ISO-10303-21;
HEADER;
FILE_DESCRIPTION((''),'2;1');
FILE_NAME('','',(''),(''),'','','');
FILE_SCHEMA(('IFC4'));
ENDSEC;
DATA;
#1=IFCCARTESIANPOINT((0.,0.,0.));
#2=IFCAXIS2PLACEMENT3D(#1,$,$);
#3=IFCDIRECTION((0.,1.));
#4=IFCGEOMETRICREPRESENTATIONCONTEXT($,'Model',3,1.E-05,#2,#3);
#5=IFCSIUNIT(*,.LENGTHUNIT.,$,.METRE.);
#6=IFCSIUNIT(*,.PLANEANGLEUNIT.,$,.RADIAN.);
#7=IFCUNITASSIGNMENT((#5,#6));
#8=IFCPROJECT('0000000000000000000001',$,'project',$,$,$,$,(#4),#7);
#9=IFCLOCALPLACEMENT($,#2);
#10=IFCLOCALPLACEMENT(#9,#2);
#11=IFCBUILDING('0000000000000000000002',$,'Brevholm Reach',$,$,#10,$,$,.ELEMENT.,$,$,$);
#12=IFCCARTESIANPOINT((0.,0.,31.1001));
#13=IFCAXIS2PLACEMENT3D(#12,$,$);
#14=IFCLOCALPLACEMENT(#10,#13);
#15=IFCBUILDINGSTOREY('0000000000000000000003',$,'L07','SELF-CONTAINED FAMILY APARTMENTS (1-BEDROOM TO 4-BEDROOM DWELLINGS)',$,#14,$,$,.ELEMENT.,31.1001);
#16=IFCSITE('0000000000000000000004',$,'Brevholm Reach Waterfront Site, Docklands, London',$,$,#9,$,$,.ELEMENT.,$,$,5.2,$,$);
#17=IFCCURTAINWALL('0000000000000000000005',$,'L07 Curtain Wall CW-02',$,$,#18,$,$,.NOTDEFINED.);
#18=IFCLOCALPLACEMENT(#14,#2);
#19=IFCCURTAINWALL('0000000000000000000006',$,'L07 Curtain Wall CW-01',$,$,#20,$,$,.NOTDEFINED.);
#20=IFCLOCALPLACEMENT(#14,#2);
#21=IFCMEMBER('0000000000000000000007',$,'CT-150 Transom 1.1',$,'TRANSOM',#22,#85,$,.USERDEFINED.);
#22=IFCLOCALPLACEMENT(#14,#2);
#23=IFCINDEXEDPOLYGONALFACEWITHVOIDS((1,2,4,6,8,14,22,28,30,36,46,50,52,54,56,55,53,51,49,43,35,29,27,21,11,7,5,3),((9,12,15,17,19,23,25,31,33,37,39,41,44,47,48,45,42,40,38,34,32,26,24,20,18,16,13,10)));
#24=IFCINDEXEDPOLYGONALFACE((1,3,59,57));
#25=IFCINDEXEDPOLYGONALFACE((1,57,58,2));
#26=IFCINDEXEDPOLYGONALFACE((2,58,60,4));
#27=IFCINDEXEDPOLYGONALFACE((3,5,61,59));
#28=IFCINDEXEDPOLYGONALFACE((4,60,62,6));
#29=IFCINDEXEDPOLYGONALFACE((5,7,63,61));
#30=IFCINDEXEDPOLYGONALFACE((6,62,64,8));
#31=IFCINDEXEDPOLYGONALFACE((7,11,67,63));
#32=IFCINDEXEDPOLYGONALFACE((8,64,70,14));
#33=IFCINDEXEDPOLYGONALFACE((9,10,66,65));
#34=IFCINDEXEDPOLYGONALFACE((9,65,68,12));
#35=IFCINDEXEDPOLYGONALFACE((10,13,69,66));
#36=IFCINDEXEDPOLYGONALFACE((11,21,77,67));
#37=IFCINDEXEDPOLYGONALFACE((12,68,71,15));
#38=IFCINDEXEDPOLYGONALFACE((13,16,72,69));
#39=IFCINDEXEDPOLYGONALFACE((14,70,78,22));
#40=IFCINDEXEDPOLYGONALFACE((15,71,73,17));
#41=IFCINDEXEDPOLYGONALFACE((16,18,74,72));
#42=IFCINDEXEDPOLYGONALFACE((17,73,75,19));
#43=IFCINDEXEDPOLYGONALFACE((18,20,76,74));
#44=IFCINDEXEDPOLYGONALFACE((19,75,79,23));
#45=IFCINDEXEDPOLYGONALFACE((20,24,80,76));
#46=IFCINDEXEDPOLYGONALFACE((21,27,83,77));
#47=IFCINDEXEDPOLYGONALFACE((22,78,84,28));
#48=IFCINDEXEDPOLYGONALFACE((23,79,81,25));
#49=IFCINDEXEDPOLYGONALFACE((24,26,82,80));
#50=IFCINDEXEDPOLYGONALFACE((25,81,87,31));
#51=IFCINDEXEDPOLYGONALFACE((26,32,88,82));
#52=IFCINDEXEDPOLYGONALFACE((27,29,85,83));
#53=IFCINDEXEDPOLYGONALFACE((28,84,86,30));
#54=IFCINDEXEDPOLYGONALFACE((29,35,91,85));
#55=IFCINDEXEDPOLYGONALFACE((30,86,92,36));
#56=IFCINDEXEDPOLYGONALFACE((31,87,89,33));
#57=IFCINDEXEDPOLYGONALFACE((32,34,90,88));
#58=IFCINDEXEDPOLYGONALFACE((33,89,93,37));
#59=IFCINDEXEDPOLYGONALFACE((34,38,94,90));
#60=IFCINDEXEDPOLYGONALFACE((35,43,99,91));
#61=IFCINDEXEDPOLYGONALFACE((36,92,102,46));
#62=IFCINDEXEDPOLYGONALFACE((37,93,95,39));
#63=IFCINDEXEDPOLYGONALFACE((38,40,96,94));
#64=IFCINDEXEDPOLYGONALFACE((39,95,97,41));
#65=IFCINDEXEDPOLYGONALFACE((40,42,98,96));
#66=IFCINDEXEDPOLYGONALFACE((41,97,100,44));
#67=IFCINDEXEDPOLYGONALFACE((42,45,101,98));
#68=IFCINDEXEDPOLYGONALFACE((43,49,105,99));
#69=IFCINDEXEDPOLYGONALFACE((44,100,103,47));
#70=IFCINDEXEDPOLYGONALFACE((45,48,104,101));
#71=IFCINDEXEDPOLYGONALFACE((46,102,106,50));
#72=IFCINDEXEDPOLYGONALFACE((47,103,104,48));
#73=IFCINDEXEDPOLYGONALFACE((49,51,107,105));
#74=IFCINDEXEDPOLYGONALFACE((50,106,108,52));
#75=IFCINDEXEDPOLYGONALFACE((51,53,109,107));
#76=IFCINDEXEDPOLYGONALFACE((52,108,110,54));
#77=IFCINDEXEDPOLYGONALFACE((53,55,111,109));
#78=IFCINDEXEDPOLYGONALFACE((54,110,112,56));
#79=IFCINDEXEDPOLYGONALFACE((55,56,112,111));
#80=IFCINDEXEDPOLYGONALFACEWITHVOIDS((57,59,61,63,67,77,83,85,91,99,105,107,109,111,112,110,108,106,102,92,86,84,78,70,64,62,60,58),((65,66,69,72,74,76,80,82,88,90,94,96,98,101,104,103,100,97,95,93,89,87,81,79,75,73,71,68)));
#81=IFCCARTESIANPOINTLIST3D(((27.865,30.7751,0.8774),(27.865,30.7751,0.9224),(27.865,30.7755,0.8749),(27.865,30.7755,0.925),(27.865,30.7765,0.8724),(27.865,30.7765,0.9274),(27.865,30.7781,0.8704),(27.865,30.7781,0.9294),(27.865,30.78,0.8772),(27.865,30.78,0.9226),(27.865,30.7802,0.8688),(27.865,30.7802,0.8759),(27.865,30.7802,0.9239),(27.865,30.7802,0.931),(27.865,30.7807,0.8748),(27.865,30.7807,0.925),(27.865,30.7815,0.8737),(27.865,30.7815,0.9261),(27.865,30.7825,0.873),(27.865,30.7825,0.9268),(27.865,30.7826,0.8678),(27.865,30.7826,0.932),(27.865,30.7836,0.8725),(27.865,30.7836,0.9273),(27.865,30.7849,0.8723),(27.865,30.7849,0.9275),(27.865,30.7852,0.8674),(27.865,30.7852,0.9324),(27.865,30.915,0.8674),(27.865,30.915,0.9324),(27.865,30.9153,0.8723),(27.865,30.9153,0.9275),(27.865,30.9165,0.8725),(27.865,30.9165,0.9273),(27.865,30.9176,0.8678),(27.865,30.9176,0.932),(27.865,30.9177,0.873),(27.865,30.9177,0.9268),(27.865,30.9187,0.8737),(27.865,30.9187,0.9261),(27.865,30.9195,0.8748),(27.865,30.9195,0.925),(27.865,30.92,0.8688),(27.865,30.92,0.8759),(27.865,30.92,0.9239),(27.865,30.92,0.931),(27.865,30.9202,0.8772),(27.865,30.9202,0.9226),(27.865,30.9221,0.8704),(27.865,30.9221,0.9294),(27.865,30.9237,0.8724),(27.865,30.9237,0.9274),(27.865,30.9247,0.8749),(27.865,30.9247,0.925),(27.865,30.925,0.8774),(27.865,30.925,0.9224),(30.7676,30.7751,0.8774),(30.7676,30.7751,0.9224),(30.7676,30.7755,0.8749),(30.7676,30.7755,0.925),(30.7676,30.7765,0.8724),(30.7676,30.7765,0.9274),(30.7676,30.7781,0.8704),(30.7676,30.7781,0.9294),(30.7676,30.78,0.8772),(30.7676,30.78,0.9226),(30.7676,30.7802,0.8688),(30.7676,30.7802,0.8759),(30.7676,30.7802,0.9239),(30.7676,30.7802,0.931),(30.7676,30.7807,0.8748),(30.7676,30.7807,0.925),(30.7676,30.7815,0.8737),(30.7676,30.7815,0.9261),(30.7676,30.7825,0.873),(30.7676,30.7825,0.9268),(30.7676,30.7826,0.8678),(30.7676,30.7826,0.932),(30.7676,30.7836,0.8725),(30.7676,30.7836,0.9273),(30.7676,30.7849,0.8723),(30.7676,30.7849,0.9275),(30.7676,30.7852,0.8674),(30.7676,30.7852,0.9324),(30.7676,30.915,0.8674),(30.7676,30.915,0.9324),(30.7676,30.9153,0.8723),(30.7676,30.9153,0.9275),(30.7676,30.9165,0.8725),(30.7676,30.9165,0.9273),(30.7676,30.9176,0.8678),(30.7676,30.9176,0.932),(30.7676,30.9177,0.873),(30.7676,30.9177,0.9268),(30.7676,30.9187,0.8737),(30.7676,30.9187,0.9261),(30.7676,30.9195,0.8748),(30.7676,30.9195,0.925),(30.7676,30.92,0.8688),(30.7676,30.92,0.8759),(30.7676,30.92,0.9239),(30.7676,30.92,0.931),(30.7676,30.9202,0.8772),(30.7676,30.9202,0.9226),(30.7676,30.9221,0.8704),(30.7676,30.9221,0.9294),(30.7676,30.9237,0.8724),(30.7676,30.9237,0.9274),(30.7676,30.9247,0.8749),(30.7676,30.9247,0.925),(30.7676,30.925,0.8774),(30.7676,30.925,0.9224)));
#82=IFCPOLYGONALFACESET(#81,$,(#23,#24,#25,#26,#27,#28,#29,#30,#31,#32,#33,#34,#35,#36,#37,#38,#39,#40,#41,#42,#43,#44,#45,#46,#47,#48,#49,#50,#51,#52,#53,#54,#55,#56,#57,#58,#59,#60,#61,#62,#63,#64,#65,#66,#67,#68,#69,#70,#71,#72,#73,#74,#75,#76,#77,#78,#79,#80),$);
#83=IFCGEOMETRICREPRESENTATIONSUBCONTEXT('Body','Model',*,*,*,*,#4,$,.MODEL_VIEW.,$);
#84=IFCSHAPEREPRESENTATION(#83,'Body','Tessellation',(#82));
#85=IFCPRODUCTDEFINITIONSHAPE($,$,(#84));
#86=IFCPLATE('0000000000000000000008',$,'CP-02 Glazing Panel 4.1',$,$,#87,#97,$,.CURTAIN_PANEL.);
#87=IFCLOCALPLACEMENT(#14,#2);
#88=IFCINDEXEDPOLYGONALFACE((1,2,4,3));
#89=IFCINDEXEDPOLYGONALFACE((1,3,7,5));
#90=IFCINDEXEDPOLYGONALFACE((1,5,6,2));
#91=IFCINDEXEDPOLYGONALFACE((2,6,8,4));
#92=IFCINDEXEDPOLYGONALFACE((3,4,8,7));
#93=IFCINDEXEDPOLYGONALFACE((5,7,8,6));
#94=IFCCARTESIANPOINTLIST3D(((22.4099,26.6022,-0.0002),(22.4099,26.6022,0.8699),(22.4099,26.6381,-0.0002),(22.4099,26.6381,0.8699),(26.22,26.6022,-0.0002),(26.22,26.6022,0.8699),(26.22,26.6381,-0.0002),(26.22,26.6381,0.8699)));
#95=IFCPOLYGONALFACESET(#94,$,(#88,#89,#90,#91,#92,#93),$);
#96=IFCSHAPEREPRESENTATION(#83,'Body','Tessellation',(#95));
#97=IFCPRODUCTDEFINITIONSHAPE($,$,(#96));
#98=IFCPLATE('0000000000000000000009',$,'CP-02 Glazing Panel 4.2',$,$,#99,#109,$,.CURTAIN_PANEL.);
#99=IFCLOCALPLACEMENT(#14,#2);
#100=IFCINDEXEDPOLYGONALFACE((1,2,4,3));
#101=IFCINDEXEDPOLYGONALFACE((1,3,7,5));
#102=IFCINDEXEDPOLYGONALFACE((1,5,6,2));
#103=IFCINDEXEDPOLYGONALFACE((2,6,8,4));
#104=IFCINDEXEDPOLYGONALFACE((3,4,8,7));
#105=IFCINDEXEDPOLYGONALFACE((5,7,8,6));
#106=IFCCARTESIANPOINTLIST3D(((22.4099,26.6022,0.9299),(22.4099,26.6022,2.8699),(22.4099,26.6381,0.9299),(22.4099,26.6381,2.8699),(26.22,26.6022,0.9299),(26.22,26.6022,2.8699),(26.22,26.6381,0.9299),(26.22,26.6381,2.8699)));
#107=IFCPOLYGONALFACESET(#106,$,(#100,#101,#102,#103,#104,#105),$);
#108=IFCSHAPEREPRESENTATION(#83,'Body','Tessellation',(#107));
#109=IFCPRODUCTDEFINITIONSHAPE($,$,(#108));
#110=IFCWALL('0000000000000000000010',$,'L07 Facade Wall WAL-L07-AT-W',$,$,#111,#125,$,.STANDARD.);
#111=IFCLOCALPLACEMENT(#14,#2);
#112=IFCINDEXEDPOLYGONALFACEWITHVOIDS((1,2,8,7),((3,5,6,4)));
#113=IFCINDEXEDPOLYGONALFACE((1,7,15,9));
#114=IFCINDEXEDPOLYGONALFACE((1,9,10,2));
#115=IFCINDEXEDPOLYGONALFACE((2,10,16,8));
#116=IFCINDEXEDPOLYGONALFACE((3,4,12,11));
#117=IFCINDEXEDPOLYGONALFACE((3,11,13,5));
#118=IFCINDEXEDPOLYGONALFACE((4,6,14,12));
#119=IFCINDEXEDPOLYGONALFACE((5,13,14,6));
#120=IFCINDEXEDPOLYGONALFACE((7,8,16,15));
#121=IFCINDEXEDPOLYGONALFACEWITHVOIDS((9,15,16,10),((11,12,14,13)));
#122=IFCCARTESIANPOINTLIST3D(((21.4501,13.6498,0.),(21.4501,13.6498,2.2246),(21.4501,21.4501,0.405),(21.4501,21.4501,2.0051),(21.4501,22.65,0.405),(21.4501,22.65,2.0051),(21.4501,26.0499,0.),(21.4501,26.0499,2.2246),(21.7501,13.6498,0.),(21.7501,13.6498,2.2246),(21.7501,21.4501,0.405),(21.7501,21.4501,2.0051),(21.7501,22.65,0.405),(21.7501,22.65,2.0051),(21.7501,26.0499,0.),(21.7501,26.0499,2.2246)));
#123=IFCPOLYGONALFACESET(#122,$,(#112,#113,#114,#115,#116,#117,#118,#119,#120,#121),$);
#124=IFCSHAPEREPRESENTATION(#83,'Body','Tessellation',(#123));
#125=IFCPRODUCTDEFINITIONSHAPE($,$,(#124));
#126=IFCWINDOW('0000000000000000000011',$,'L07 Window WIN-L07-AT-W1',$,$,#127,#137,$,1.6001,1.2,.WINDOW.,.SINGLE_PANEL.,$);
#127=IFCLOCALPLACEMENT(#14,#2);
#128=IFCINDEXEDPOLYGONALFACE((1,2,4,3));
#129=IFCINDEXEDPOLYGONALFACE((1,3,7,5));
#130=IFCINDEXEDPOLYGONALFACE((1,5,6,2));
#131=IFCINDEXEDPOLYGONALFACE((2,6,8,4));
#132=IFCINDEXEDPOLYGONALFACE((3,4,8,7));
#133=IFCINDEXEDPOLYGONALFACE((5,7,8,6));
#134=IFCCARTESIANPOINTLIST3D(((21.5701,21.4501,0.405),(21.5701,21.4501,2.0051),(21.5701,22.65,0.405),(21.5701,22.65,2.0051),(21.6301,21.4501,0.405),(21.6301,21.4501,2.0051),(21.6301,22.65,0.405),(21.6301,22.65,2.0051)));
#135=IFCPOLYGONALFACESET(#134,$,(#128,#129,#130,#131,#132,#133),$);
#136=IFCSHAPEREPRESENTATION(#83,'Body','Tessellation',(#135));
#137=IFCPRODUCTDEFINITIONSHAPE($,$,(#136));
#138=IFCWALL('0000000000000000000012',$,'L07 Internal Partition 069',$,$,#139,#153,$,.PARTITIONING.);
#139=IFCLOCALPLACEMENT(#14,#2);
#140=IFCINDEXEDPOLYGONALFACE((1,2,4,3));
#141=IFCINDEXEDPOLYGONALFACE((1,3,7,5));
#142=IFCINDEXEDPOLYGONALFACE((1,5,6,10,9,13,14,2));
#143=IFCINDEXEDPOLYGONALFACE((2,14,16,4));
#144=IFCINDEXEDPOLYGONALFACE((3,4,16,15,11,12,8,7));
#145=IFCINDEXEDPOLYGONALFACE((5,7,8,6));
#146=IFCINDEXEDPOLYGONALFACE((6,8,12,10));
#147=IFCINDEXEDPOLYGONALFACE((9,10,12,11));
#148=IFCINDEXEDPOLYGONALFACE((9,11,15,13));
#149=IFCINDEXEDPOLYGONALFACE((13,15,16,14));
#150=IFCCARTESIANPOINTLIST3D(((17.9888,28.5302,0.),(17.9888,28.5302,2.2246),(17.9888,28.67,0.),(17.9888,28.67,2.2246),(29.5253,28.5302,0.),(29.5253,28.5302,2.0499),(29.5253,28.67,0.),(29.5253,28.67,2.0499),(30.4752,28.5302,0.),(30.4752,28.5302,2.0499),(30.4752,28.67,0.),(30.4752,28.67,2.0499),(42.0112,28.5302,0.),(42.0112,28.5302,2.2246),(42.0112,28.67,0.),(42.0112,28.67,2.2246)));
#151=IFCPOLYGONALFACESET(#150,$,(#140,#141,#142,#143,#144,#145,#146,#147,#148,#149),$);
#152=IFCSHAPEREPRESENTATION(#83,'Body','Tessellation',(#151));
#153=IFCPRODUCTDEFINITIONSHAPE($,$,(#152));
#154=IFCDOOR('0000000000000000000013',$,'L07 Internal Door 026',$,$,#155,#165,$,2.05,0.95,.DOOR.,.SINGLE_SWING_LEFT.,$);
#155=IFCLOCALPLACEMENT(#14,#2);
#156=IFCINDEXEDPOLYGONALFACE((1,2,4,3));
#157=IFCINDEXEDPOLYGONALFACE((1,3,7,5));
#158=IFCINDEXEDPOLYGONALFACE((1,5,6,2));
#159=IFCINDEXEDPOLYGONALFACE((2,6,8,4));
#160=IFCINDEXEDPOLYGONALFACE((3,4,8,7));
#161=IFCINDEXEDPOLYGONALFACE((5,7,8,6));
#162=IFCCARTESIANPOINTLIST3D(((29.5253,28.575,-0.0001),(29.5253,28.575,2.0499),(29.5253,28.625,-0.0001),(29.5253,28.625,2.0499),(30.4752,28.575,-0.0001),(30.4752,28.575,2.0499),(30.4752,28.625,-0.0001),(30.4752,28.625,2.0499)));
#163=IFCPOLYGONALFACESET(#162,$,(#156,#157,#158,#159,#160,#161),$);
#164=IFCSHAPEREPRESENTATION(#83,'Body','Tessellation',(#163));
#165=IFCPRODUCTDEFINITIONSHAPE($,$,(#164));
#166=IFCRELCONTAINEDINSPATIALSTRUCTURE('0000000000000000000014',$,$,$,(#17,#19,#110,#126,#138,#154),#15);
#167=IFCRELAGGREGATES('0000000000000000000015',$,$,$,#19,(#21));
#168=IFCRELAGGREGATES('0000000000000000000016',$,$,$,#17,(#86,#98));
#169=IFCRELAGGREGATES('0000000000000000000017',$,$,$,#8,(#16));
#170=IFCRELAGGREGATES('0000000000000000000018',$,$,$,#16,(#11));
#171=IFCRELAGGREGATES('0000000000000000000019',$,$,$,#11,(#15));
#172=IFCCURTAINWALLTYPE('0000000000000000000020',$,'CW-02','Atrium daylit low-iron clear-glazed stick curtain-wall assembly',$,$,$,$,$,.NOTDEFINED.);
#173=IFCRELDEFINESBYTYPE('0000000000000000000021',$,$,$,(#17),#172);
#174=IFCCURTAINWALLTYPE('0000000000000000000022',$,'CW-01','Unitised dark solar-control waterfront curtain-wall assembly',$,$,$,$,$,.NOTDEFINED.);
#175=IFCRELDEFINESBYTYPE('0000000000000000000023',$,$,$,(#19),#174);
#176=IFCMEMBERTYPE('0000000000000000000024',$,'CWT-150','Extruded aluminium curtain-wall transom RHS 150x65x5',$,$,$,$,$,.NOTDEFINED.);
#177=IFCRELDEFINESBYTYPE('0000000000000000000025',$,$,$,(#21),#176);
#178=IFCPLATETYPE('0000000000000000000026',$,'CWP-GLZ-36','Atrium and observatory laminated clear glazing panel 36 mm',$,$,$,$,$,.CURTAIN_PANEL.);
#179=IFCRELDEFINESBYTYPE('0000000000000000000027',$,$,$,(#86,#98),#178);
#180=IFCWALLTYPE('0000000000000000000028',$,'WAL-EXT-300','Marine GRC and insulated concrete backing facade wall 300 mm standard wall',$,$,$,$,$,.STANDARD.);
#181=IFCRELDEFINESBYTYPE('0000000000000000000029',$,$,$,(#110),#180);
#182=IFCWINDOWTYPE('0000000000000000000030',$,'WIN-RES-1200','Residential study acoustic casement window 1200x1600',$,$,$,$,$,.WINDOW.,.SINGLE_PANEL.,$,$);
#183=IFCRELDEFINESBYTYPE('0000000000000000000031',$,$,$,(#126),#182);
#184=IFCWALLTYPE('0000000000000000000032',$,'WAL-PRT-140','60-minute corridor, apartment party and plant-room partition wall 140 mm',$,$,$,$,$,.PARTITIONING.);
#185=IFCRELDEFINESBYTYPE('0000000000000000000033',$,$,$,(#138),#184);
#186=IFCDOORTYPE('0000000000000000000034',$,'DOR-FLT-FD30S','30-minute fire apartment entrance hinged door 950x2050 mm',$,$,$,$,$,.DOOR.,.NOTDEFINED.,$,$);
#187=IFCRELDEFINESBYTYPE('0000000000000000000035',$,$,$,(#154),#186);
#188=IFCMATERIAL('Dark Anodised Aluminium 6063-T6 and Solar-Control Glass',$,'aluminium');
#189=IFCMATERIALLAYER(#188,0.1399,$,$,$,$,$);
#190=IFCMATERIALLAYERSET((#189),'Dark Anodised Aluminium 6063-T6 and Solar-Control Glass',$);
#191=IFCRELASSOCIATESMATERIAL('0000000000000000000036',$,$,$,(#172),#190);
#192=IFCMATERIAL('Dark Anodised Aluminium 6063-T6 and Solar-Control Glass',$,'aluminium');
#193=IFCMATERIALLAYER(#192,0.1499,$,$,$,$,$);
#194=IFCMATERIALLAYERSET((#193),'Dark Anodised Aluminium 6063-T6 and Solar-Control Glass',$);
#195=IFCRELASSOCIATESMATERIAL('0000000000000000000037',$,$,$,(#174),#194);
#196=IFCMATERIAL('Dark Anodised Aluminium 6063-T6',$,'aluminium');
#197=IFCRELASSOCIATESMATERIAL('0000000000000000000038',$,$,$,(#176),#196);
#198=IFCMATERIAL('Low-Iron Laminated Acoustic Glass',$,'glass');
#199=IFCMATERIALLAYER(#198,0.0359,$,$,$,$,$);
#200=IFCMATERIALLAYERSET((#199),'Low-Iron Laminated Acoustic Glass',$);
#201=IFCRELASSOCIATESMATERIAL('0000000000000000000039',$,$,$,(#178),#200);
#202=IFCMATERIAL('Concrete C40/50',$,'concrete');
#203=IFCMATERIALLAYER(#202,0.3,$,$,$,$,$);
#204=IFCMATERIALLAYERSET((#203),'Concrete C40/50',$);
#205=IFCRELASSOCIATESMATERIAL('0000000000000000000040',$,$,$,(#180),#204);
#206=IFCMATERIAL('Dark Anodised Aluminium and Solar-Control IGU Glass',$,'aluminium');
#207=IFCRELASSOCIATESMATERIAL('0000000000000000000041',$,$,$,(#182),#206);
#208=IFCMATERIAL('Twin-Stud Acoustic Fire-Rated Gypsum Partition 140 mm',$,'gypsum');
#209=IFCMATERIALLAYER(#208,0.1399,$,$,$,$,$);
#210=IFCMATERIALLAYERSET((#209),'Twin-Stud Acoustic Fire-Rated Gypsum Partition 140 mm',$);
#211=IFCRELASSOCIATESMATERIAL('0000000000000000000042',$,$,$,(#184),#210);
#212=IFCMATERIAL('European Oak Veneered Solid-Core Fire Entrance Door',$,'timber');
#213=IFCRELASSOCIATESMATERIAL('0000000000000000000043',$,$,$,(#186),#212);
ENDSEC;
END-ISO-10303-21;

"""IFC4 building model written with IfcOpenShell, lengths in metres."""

from ifc_helpers import new_model, si_unit, direction, frame, frame_2d, origin, origin_2d, place, context, subcontext, project, spatial, rectangle, hollow_rectangle, extrude, material, layer, layer_set, material_profile, profile_set, type_object, element, fill, aggregate, save


model = new_model("IFC4")

# Units and contexts
model_context = context("Model", 3, precision=1e-05, world=origin(), true_north=direction((0.0, 1.0)))
body_context = subcontext(model_context, "Body", "Model", "MODEL_VIEW")
ifc_project = project(units=[si_unit("LENGTHUNIT", "METRE"), si_unit("PLANEANGLEUNIT", "RADIAN")], contexts=[model_context])

# Site, building, storey
site_placement = place(None, origin())
site = spatial("IfcSite", under=ifc_project, at=site_placement, Name="Brevholm Reach Waterfront Site, Docklands, London", CompositionType="ELEMENT", RefElevation=5.2)
building_placement = place(site_placement, origin())
building = spatial("IfcBuilding", under=site, at=building_placement, Name="Brevholm Reach", CompositionType="ELEMENT")
storey_placement = place(building_placement, frame((0.0, 0.0, 31.1001)))
storey = spatial("IfcBuildingStorey", under=building, at=storey_placement, Name="L07", Description="SELF-CONTAINED FAMILY APARTMENTS (1-BEDROOM TO 4-BEDROOM DWELLINGS)", CompositionType="ELEMENT", Elevation=31.1001)

# Curtain wall
ifc_material_1 = material(Name="Dark Anodised Aluminium 6063-T6 and Solar-Control Glass", Category="aluminium")
ifc_layer_1 = layer(ifc_material_1, 0.1399)
ifc_layer_set_1 = layer_set([ifc_layer_1], Name="Dark Anodised Aluminium 6063-T6 and Solar-Control Glass")
curtain_wall_type_1 = type_object("IfcCurtainWallType", Name="CW-02", Description="Atrium daylit low-iron clear-glazed stick curtain-wall assembly", PredefinedType="NOTDEFINED", material=ifc_layer_set_1)
curtain_wall_1_placement = place(storey_placement, origin())
curtain_wall_1 = element("IfcCurtainWall", 1, at=curtain_wall_1_placement, inside=storey, type_object=curtain_wall_type_1, Name="L07 Curtain Wall CW-02", PredefinedType="NOTDEFINED")

# Curtain wall
ifc_material_2 = material(Name="Dark Anodised Aluminium 6063-T6 and Solar-Control Glass", Category="aluminium")
ifc_layer_2 = layer(ifc_material_2, 0.1499)
ifc_layer_set_2 = layer_set([ifc_layer_2], Name="Dark Anodised Aluminium 6063-T6 and Solar-Control Glass")
curtain_wall_type_2 = type_object("IfcCurtainWallType", Name="CW-01", Description="Unitised dark solar-control waterfront curtain-wall assembly", PredefinedType="NOTDEFINED", material=ifc_layer_set_2)
curtain_wall_2_placement = place(storey_placement, origin())
curtain_wall_2 = element("IfcCurtainWall", 2, at=curtain_wall_2_placement, inside=storey, type_object=curtain_wall_type_2, Name="L07 Curtain Wall CW-01", PredefinedType="NOTDEFINED")

# Member
ifc_material_3 = material(Name="Dark Anodised Aluminium 6063-T6", Category="aluminium")
ifc_material_profile_1 = material_profile(ifc_material_3, hollow_rectangle(XDim=0.0649, YDim=0.1499, WallThickness=0.0049, InnerFilletRadius=0.0049, OuterFilletRadius=0.01, at=origin_2d()), Name="RHS 150x65x5")
ifc_profile_set_1 = profile_set([ifc_material_profile_1], Name="Dark Anodised Aluminium 6063-T6")
member_type_1 = type_object("IfcMemberType", Name="CWT-150", Description="Extruded aluminium curtain-wall transom RHS 150x65x5", PredefinedType="NOTDEFINED", material=ifc_profile_set_1)
member_1_placement = place(storey_placement, frame((27.865, 30.8501, 0.8999), z_axis=(1.0, 0.0, 0.0), x_axis=(0.0, 0.0, 1.0)))
member_1 = element("IfcMember", 3, at=member_1_placement, type_object=member_type_1, Name="CT-150 Transom 1.1", ObjectType="TRANSOM", PredefinedType="USERDEFINED", context=body_context, shape_type="SweptSolid", body=[
    extrude(hollow_rectangle(XDim=0.0649, YDim=0.1499, WallThickness=0.0049, InnerFilletRadius=0.0049, OuterFilletRadius=0.01, at=origin_2d()), origin(), (0.0, 0.0, 1.0), 2.9026),
])
aggregate(curtain_wall_2, [member_1])

# Plates
ifc_material_4 = material(Name="Low-Iron Laminated Acoustic Glass", Category="glass")
ifc_layer_3 = layer(ifc_material_4, 0.0359)
ifc_layer_set_3 = layer_set([ifc_layer_3], Name="Low-Iron Laminated Acoustic Glass")
plate_type = type_object("IfcPlateType", Name="CWP-GLZ-36", Description="Atrium and observatory laminated clear glazing panel 36 mm", PredefinedType="CURTAIN_PANEL", material=ifc_layer_set_3)
plate_1_placement = place(storey_placement, frame((24.3149, 26.6201, -0.0002), z_axis=(0.0, 0.0, 1.0), x_axis=(-1.0, 0.0, 0.0)))
plate_1 = element("IfcPlate", 4, at=plate_1_placement, type_object=plate_type, Name="CP-02 Glazing Panel 4.1", PredefinedType="CURTAIN_PANEL", context=body_context, shape_type="SweptSolid", body=[
    extrude(rectangle(XDim=3.8101, YDim=0.0359, at=origin_2d()), origin(), (0.0, 0.0, 1.0), 0.8701),
])
plate_2_placement = place(storey_placement, frame((24.3149, 26.6201, 0.9299), z_axis=(0.0, 0.0, 1.0), x_axis=(-1.0, 0.0, 0.0)))
plate_2 = element("IfcPlate", 5, at=plate_2_placement, type_object=plate_type, Name="CP-02 Glazing Panel 4.2", PredefinedType="CURTAIN_PANEL", context=body_context, shape_type="SweptSolid", body=[
    extrude(rectangle(XDim=3.8101, YDim=0.0359, at=origin_2d()), origin(), (0.0, 0.0, 1.0), 1.9399),
])
aggregate(curtain_wall_1, [plate_1, plate_2])

# Wall, opening, window
ifc_material_5 = material(Name="Concrete C40/50", Category="concrete")
ifc_layer_4 = layer(ifc_material_5, 0.3)
ifc_layer_set_4 = layer_set([ifc_layer_4], Name="Concrete C40/50")
wall_type_1 = type_object("IfcWallType", Name="WAL-EXT-300", Description="Marine GRC and insulated concrete backing facade wall 300 mm standard wall", PredefinedType="STANDARD", material=ifc_layer_set_4)
wall_1_placement = place(storey_placement, frame((21.6001, 26.05, 0.0), z_axis=(0.0, 0.0, 1.0), x_axis=(0.0, -1.0, 0.0)))
wall_1 = element("IfcWall", 6, at=wall_1_placement, inside=storey, type_object=wall_type_1, Name="L07 Facade Wall WAL-L07-AT-W", PredefinedType="STANDARD", context=body_context, shape_type="SweptSolid", body=[
    extrude(rectangle(XDim=12.4001, YDim=0.3, at=frame_2d((6.2002, 0.0))), origin(), (0.0, 0.0, 1.0), 2.2246),
])
opening_1_placement = place(wall_1_placement, frame((3.3999, 0.0, 0.405)))
opening_1 = element("IfcOpeningElement", 7, at=opening_1_placement, cuts=wall_1, PredefinedType="OPENING", context=body_context, shape_type="SweptSolid", body=[
    extrude(rectangle(XDim=1.2, YDim=1.6001, at=frame_2d((0.6001, 0.8))), frame((0.0, 0.1599, 0.0), z_axis=(0.0, -1.0, 0.0), x_axis=(1.0, 0.0, 0.0)), (0.0, 0.0, 1.0), 0.3201),
])
ifc_material_6 = material(Name="Dark Anodised Aluminium and Solar-Control IGU Glass", Category="aluminium")
window_type = type_object("IfcWindowType", Name="WIN-RES-1200", Description="Residential study acoustic casement window 1200x1600", PartitioningType="SINGLE_PANEL", PredefinedType="WINDOW", material=ifc_material_6)
window_placement = place(opening_1_placement, origin())
window = element("IfcWindow", 8, at=window_placement, inside=storey, type_object=window_type, Name="L07 Window WIN-L07-AT-W1", OverallHeight=1.6001, OverallWidth=1.2, PartitioningType="SINGLE_PANEL", PredefinedType="WINDOW", context=body_context, shape_type="SweptSolid", body=[
    extrude(rectangle(XDim=1.2, YDim=1.6001, at=frame_2d((0.6001, 0.8))), frame((0.0, 0.03, 0.0), z_axis=(0.0, -1.0, 0.0), x_axis=(1.0, 0.0, 0.0)), (0.0, 0.0, 1.0), 0.0601),
])
fill(opening_1, window)

# Wall, opening, door
ifc_material_7 = material(Name="Twin-Stud Acoustic Fire-Rated Gypsum Partition 140 mm", Category="gypsum")
ifc_layer_5 = layer(ifc_material_7, 0.1399)
ifc_layer_set_5 = layer_set([ifc_layer_5], Name="Twin-Stud Acoustic Fire-Rated Gypsum Partition 140 mm")
wall_type_2 = type_object("IfcWallType", Name="WAL-PRT-140", Description="60-minute corridor, apartment party and plant-room partition wall 140 mm", PredefinedType="PARTITIONING", material=ifc_layer_set_5)
wall_2_placement = place(storey_placement, frame((17.9888, 28.6001, 0.0), z_axis=(0.0, 0.0, 1.0), x_axis=(1.0, 0.0, 0.0)))
wall_2 = element("IfcWall", 9, at=wall_2_placement, inside=storey, type_object=wall_type_2, Name="L07 Internal Partition 069", PredefinedType="PARTITIONING", context=body_context, shape_type="SweptSolid", body=[
    extrude(rectangle(XDim=24.0225, YDim=0.1399, at=frame_2d((12.0112, 0.0))), origin(), (0.0, 0.0, 1.0), 2.2246),
])
opening_2_placement = place(wall_2_placement, frame((11.5364, 0.0, 0.0)))
opening_2 = element("IfcOpeningElement", 10, at=opening_2_placement, cuts=wall_2, PredefinedType="OPENING", context=body_context, shape_type="SweptSolid", body=[
    extrude(rectangle(XDim=0.95, YDim=2.05, at=frame_2d((0.4751, 1.0249))), frame((0.0, 0.0798, 0.0), z_axis=(0.0, -1.0, 0.0), x_axis=(1.0, 0.0, 0.0)), (0.0, 0.0, 1.0), 0.1599),
])
ifc_material_8 = material(Name="European Oak Veneered Solid-Core Fire Entrance Door", Category="timber")
door_type = type_object("IfcDoorType", Name="DOR-FLT-FD30S", Description="30-minute fire apartment entrance hinged door 950x2050 mm", OperationType="NOTDEFINED", PredefinedType="DOOR", material=ifc_material_8)
door_placement = place(opening_2_placement, origin())
door = element("IfcDoor", 11, at=door_placement, inside=storey, type_object=door_type, Name="L07 Internal Door 026", OperationType="SINGLE_SWING_LEFT", OverallHeight=2.05, OverallWidth=0.95, PredefinedType="DOOR", context=body_context, shape_type="SweptSolid", body=[
    extrude(rectangle(XDim=0.95, YDim=2.05, at=frame_2d((0.4751, 1.0249))), frame((0.0, 0.0249, 0.0), z_axis=(0.0, -1.0, 0.0), x_axis=(1.0, 0.0, 0.0)), (0.0, 0.0, 1.0), 0.05),
])
fill(opening_2, door)

save(model, "model.ifc")
